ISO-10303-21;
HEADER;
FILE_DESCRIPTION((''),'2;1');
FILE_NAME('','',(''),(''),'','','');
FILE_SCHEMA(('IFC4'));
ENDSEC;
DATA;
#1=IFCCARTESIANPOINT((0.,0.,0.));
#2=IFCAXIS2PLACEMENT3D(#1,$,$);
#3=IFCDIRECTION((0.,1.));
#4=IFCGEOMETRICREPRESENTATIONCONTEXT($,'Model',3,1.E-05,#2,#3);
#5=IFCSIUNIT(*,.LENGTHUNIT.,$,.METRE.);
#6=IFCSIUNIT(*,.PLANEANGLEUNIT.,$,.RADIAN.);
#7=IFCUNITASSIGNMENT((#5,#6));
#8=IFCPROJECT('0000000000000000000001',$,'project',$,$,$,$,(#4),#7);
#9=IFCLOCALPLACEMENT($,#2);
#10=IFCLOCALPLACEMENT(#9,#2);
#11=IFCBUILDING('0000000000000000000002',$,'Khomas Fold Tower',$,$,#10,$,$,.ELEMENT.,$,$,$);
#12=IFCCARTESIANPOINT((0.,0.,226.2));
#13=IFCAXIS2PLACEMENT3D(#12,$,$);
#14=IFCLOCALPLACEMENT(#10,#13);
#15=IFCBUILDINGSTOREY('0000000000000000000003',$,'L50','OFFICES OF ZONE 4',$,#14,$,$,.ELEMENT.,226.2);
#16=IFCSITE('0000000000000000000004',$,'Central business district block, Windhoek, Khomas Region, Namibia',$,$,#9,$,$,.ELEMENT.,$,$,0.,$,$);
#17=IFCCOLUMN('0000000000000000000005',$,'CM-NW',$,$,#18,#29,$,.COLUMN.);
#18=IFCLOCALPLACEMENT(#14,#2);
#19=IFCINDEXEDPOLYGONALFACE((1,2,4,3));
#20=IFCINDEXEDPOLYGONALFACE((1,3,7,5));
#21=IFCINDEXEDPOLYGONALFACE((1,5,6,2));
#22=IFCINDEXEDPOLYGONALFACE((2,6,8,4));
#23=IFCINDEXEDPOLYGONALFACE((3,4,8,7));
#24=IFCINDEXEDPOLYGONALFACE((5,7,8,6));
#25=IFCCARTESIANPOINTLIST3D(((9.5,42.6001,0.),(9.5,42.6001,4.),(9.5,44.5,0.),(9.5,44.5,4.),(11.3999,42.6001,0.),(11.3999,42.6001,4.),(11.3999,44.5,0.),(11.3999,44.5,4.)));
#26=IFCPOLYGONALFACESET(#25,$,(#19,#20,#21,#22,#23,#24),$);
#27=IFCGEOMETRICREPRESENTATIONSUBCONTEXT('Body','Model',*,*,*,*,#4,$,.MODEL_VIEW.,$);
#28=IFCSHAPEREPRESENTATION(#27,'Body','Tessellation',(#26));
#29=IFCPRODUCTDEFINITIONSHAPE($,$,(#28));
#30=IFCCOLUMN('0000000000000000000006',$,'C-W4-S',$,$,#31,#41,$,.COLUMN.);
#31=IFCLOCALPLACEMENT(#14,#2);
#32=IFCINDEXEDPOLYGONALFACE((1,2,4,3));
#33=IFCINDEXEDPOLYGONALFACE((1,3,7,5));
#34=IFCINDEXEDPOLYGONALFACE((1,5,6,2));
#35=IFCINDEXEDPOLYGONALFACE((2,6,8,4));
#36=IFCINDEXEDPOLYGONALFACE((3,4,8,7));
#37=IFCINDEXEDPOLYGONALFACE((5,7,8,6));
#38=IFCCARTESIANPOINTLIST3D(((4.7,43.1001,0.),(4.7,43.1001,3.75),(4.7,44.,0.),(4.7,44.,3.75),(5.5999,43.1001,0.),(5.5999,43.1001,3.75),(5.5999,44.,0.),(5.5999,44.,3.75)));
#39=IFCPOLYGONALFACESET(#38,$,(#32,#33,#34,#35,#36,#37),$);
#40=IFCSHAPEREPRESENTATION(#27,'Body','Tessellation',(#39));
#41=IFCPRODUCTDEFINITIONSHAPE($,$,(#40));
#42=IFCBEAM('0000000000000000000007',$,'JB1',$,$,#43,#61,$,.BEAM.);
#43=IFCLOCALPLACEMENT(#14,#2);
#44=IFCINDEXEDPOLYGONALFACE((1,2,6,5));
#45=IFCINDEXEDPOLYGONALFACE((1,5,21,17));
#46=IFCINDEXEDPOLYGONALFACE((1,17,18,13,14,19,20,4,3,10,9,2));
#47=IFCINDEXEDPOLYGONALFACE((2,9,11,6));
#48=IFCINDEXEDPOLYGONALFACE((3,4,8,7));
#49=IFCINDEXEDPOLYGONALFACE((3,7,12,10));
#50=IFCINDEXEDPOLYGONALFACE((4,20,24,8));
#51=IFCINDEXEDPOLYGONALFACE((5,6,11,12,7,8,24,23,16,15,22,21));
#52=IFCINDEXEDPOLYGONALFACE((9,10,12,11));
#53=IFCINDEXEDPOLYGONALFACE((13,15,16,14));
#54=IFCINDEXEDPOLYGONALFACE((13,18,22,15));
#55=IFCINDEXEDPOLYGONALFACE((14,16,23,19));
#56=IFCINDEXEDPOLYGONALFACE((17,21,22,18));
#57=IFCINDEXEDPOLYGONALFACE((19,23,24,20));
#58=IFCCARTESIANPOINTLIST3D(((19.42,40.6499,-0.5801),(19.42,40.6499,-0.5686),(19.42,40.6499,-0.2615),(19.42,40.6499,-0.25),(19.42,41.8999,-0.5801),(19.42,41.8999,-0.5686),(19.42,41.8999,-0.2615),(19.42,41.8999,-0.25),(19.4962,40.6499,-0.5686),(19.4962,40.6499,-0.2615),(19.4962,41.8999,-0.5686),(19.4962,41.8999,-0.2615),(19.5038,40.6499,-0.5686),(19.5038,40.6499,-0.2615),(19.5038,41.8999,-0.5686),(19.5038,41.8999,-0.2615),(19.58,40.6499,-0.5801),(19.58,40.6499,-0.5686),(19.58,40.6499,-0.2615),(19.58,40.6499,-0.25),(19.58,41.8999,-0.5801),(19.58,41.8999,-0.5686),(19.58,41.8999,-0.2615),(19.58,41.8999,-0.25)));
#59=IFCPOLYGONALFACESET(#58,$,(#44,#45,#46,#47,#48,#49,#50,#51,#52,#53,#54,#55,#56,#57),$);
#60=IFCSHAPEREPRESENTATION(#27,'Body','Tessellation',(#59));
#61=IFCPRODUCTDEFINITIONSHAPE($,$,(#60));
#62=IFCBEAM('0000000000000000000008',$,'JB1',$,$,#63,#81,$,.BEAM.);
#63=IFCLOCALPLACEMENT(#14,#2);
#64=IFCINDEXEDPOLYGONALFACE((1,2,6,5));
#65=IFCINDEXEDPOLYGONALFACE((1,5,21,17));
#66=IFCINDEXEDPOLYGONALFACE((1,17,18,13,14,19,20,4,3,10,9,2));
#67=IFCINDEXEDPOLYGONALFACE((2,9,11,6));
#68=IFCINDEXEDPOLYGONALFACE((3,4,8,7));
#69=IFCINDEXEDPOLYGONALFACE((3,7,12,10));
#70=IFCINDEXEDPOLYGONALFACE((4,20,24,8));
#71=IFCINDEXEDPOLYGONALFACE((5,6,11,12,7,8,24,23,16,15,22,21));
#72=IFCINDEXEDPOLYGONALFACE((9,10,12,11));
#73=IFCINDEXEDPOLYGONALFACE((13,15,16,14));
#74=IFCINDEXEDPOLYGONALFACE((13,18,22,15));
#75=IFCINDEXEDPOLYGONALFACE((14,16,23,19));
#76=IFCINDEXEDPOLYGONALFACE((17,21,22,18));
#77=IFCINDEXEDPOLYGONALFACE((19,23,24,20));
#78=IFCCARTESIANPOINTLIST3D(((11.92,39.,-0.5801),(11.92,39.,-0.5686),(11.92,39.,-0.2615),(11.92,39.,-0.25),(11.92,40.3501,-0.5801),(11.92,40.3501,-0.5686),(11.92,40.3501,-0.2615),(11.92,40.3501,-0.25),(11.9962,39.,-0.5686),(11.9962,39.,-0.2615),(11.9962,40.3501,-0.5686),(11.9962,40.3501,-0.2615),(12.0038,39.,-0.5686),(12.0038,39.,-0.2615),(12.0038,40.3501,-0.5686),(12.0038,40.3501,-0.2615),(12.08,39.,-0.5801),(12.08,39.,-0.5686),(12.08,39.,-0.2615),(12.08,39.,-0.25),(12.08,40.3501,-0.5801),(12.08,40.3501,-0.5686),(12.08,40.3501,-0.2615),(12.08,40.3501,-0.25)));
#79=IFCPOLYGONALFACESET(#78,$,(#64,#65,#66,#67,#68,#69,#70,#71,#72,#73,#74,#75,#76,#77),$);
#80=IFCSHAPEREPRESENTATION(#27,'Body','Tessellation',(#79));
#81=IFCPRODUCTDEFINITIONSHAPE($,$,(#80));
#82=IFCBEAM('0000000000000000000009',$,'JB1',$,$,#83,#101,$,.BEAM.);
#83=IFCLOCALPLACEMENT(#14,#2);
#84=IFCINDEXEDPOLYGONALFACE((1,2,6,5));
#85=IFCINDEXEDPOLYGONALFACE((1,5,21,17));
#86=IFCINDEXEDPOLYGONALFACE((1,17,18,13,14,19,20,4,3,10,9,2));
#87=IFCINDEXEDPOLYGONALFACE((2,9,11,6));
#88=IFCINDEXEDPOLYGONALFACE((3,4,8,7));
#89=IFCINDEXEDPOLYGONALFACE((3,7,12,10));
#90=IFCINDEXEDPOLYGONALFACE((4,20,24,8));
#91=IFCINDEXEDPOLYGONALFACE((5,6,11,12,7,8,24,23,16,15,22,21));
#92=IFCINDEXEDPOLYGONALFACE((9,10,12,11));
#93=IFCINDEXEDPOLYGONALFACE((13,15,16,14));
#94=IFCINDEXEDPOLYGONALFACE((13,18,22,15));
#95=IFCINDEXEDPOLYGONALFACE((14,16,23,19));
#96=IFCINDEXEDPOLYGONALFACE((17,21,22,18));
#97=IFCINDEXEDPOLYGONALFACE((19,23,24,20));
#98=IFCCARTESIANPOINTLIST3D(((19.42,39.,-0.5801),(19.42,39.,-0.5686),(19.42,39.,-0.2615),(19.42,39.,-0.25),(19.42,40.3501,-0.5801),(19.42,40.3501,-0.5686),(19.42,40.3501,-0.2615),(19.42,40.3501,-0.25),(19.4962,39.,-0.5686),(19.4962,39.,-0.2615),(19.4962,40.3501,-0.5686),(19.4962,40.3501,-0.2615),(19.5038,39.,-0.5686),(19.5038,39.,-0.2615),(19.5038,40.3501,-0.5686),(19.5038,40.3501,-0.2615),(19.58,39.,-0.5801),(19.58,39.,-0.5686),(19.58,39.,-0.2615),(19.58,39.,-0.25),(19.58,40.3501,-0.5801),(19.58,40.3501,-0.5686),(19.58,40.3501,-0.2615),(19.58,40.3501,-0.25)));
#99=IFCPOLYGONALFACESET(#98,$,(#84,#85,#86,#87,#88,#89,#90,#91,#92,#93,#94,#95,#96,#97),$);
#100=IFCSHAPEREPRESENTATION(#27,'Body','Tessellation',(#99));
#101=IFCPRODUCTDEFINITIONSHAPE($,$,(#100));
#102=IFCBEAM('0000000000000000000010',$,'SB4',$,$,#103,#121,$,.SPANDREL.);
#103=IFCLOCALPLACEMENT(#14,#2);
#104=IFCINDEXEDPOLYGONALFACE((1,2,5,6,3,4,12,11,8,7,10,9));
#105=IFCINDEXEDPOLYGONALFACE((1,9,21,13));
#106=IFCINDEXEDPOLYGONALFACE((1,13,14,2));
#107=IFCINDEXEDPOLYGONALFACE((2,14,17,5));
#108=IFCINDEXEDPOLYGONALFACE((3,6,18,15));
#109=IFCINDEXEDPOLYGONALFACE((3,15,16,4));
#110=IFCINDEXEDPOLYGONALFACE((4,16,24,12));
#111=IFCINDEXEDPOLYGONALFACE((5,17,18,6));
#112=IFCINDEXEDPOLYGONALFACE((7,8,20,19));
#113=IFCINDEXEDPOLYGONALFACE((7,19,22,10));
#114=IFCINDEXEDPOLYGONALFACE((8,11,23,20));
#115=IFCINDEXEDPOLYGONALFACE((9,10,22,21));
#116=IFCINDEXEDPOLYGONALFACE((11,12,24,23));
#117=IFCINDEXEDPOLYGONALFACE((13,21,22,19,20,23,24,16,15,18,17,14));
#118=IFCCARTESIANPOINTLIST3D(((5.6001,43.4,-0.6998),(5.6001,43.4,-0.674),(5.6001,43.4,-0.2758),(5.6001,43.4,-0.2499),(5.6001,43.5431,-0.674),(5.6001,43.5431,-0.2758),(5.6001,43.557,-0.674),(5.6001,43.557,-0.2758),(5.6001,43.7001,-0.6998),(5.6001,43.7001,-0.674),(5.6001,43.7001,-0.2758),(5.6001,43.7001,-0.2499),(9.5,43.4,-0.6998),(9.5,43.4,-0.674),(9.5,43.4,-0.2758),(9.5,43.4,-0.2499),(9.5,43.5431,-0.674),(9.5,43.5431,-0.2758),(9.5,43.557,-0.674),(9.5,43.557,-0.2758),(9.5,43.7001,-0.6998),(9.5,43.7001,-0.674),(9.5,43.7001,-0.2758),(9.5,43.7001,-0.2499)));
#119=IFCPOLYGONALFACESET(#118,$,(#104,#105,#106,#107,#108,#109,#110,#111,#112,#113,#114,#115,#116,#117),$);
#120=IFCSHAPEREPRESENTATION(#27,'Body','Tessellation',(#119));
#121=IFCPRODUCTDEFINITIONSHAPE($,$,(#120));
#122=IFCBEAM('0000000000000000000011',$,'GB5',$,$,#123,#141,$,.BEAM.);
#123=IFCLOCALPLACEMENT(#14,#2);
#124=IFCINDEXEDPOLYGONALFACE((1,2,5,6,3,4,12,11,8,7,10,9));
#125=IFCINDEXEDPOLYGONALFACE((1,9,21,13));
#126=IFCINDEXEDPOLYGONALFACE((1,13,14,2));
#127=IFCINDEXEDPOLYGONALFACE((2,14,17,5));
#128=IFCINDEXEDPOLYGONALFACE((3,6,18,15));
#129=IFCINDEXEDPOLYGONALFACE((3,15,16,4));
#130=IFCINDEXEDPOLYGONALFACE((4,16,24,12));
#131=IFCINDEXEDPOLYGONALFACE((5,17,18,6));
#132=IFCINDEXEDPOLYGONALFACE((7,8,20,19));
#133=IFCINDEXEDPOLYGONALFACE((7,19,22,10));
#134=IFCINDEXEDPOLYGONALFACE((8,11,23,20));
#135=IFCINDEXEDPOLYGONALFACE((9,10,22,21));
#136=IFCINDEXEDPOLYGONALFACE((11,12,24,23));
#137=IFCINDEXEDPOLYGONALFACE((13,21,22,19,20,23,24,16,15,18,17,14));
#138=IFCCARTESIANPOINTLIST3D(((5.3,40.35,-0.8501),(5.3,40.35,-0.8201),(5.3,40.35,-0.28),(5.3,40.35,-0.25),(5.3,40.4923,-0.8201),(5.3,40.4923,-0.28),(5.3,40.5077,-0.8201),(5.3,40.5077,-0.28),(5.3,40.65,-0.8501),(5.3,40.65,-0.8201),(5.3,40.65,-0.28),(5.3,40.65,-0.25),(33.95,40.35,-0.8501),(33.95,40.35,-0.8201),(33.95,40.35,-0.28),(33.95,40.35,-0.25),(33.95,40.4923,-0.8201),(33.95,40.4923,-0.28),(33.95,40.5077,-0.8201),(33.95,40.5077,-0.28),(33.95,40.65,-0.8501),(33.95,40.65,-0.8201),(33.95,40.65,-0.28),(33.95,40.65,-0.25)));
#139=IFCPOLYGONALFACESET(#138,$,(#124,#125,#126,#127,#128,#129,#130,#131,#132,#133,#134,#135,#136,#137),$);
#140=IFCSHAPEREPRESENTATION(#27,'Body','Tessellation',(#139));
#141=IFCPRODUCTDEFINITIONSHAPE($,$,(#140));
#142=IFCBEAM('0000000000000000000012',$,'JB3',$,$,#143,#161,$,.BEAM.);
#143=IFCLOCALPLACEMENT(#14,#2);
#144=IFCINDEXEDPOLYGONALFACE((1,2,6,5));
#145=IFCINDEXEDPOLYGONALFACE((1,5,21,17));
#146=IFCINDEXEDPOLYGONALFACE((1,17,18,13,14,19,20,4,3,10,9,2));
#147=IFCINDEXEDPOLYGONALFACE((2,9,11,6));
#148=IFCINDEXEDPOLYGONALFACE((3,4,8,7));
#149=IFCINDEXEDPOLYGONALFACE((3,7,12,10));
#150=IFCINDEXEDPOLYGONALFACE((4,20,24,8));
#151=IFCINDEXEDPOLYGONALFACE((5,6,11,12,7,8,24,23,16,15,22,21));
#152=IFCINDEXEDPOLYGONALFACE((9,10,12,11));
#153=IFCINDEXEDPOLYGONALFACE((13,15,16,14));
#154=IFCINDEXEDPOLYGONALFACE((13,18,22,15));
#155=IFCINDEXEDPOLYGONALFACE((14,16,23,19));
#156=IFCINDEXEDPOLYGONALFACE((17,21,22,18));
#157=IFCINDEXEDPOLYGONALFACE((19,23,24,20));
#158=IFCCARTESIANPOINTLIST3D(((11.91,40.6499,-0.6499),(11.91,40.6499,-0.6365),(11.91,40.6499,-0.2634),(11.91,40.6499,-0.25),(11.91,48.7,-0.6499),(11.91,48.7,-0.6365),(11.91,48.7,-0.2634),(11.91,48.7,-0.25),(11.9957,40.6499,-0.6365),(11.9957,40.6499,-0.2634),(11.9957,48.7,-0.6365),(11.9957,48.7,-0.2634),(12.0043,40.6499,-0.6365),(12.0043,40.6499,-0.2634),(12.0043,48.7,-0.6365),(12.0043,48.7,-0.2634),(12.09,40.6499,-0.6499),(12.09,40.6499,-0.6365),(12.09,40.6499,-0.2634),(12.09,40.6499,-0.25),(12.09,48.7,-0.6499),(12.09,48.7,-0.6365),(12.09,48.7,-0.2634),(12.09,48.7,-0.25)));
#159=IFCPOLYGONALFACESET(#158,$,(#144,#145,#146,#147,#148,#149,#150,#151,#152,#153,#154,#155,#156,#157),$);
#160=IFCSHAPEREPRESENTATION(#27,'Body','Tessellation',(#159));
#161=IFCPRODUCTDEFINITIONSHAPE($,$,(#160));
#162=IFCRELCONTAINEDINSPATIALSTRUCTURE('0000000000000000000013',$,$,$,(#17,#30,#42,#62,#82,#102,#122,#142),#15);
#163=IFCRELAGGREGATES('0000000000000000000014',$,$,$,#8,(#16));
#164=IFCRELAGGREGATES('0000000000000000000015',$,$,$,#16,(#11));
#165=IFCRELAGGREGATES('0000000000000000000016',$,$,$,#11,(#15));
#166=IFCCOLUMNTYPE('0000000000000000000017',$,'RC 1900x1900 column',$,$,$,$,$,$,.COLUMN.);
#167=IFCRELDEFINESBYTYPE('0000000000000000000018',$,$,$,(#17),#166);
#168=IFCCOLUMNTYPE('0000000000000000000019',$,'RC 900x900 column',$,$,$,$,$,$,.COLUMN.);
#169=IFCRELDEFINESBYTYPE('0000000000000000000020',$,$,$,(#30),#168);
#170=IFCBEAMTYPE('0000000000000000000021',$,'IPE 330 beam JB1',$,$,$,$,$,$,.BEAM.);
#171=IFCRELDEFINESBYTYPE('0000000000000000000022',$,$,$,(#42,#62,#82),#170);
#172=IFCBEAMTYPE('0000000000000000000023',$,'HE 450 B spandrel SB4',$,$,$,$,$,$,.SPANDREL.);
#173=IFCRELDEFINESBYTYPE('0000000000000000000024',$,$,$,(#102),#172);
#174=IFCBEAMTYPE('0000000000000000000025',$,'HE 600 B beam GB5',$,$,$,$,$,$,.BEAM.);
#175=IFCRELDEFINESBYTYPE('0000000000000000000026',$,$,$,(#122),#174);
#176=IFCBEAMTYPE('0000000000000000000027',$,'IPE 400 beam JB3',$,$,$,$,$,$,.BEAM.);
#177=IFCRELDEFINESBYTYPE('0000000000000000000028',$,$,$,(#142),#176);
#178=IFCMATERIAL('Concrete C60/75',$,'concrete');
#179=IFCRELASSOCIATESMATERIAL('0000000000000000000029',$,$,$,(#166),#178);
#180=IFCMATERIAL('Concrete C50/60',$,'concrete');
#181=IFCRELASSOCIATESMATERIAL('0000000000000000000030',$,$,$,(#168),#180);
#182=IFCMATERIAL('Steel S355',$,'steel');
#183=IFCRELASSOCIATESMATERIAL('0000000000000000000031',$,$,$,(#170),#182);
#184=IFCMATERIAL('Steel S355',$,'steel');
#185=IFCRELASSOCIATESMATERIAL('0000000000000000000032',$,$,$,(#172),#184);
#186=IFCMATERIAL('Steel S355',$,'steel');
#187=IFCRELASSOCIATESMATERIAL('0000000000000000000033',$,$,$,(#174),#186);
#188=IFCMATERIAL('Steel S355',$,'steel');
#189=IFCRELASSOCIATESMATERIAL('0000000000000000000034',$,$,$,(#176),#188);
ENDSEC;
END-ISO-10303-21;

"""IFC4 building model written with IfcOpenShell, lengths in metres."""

from ifc_helpers import new_model, si_unit, direction, frame, origin, origin_2d, place, context, subcontext, project, spatial, rectangle, i_section, extrude, source, transform, mapped, material, material_profile, profile_set, type_object, element, save


model = new_model("IFC4")

# Units and contexts
model_context = context("Model", 3, precision=1e-05, world=origin(), true_north=direction((0.0, 1.0)))
body_context = subcontext(model_context, "Body", "Model", "MODEL_VIEW")
ifc_project = project(units=[si_unit("LENGTHUNIT", "METRE"), si_unit("PLANEANGLEUNIT", "RADIAN")], contexts=[model_context])

# Site, building, storey
site_placement = place(None, origin())
site = spatial("IfcSite", under=ifc_project, at=site_placement, Name="Central business district block, Windhoek, Khomas Region, Namibia", CompositionType="ELEMENT", RefElevation=0.0)
building_placement = place(site_placement, origin())
building = spatial("IfcBuilding", under=site, at=building_placement, Name="Khomas Fold Tower", CompositionType="ELEMENT")
storey_placement = place(building_placement, frame((0.0, 0.0, 226.2)))
storey = spatial("IfcBuildingStorey", under=building, at=storey_placement, Name="L50", Description="OFFICES OF ZONE 4", CompositionType="ELEMENT", Elevation=226.2)

# Columns
ifc_material_1 = material(Name="Concrete C60/75", Category="concrete")
ifc_material_profile_1 = material_profile(ifc_material_1, rectangle(XDim=1.8999, YDim=1.8999, at=origin_2d()), Name="RC 1900x1900")
ifc_profile_set_1 = profile_set([ifc_material_profile_1], Name="Concrete C60/75")
column_type_1 = type_object("IfcColumnType", Name="RC 1900x1900 column", PredefinedType="COLUMN", material=ifc_profile_set_1)
shared_shape_1 = source(origin(), body_context, "Body", "SweptSolid", [
    extrude(rectangle(XDim=1.8999, YDim=1.8999, at=origin_2d()), origin(), (0.0, 0.0, 1.0), 4.0),
])
column_1_placement = place(storey_placement, frame((10.45, 43.55, 0.0), z_axis=(0.0, 0.0, 1.0), x_axis=(1.0, 0.0, 0.0)))
element("IfcColumn", 1, at=column_1_placement, inside=storey, type_object=column_type_1, Name="CM-NW", PredefinedType="COLUMN", context=body_context, shape_type="MappedRepresentation", body=[
    mapped(shared_shape_1, transform((0.0, 0.0, 0.0))),
])
ifc_material_2 = material(Name="Concrete C50/60", Category="concrete")
ifc_material_profile_2 = material_profile(ifc_material_2, rectangle(XDim=0.8999, YDim=0.8999, at=origin_2d()), Name="RC 900x900")
ifc_profile_set_2 = profile_set([ifc_material_profile_2], Name="Concrete C50/60")
column_type_2 = type_object("IfcColumnType", Name="RC 900x900 column", PredefinedType="COLUMN", material=ifc_profile_set_2)
shared_shape_2 = source(origin(), body_context, "Body", "SweptSolid", [
    extrude(rectangle(XDim=0.8999, YDim=0.8999, at=origin_2d()), origin(), (0.0, 0.0, 1.0), 3.75),
])
column_2_placement = place(storey_placement, frame((5.1499, 43.55, 0.0), z_axis=(0.0, 0.0, 1.0), x_axis=(1.0, 0.0, 0.0)))
element("IfcColumn", 2, at=column_2_placement, inside=storey, type_object=column_type_2, Name="C-W4-S", PredefinedType="COLUMN", context=body_context, shape_type="MappedRepresentation", body=[
    mapped(shared_shape_2, transform((0.0, 0.0, 0.0))),
])

# Beams
ifc_material_3 = material(Name="Steel S355", Category="steel")
ifc_material_profile_3 = material_profile(ifc_material_3, i_section(OverallWidth=0.1599, OverallDepth=0.3301, WebThickness=0.0076, FlangeThickness=0.0115, at=origin_2d()), Name="IPE 330")
ifc_profile_set_3 = profile_set([ifc_material_profile_3], Name="Steel S355")
beam_type_1 = type_object("IfcBeamType", Name="IPE 330 beam JB1", PredefinedType="BEAM", material=ifc_profile_set_3)
shared_shape_3 = source(origin(), body_context, "Body", "SweptSolid", [
    extrude(i_section(OverallWidth=0.1599, OverallDepth=0.3301, WebThickness=0.0076, FlangeThickness=0.0115, at=origin_2d()), origin(), (0.0, 0.0, 1.0), 1.25),
])
beam_1_placement = place(storey_placement, frame((19.5, 40.6499, -0.415), z_axis=(0.0, 1.0, 0.0), x_axis=(-1.0, 0.0, 0.0)))
element("IfcBeam", 3, at=beam_1_placement, inside=storey, type_object=beam_type_1, Name="JB1", PredefinedType="BEAM", context=body_context, shape_type="MappedRepresentation", body=[
    mapped(shared_shape_3, transform((0.0, 0.0, 0.0))),
])
shared_shape_4 = source(origin(), body_context, "Body", "SweptSolid", [
    extrude(i_section(OverallWidth=0.1599, OverallDepth=0.3301, WebThickness=0.0076, FlangeThickness=0.0115, at=origin_2d()), origin(), (0.0, 0.0, 1.0), 1.3501),
])
for number, where, z_axis, x_axis, name in (
    (4, (12.0, 39.0, -0.415), (0.0, 1.0, 0.0), (-1.0, 0.0, 0.0), "JB1"),
    (5, (19.5, 39.0, -0.415), (0.0, 1.0, 0.0), (-1.0, 0.0, 0.0), "JB1"),
):
    element("IfcBeam", number, at=place(storey_placement, frame(where, z_axis=z_axis, x_axis=x_axis)), inside=storey, type_object=beam_type_1, Name=name, PredefinedType="BEAM", context=body_context, shape_type="MappedRepresentation", body=[
        mapped(shared_shape_4, transform((0.0, 0.0, 0.0))),
    ])
ifc_material_4 = material(Name="Steel S355", Category="steel")
ifc_material_profile_4 = material_profile(ifc_material_4, i_section(OverallWidth=0.3, OverallDepth=0.45, WebThickness=0.0139, FlangeThickness=0.0259, at=origin_2d()), Name="HE 450 B")
ifc_profile_set_4 = profile_set([ifc_material_profile_4], Name="Steel S355")
beam_type_2 = type_object("IfcBeamType", Name="HE 450 B spandrel SB4", PredefinedType="SPANDREL", material=ifc_profile_set_4)
shared_shape_5 = source(origin(), body_context, "Body", "SweptSolid", [
    extrude(i_section(OverallWidth=0.3, OverallDepth=0.45, WebThickness=0.0139, FlangeThickness=0.0259, at=origin_2d()), origin(), (0.0, 0.0, 1.0), 3.8999),
])
beam_2_placement = place(storey_placement, frame((5.6001, 43.55, -0.4749), z_axis=(1.0, 0.0, 0.0), x_axis=(0.0, 1.0, 0.0)))
element("IfcBeam", 6, at=beam_2_placement, inside=storey, type_object=beam_type_2, Name="SB4", PredefinedType="SPANDREL", context=body_context, shape_type="MappedRepresentation", body=[
    mapped(shared_shape_5, transform((0.0, 0.0, 0.0))),
])
ifc_material_5 = material(Name="Steel S355", Category="steel")
ifc_material_profile_5 = material_profile(ifc_material_5, i_section(OverallWidth=0.3, OverallDepth=0.6001, WebThickness=0.0154, FlangeThickness=0.03, at=origin_2d()), Name="HE 600 B")
ifc_profile_set_5 = profile_set([ifc_material_profile_5], Name="Steel S355")
beam_type_3 = type_object("IfcBeamType", Name="HE 600 B beam GB5", PredefinedType="BEAM", material=ifc_profile_set_5)
shared_shape_6 = source(origin(), body_context, "Body", "SweptSolid", [
    extrude(i_section(OverallWidth=0.3, OverallDepth=0.6001, WebThickness=0.0154, FlangeThickness=0.03, at=origin_2d()), origin(), (0.0, 0.0, 1.0), 28.6499),
])
beam_3_placement = place(storey_placement, frame((5.3, 40.5, -0.55), z_axis=(1.0, 0.0, 0.0), x_axis=(0.0, 1.0, 0.0)))
element("IfcBeam", 7, at=beam_3_placement, inside=storey, type_object=beam_type_3, Name="GB5", PredefinedType="BEAM", context=body_context, shape_type="MappedRepresentation", body=[
    mapped(shared_shape_6, transform((0.0, 0.0, 0.0))),
])
ifc_material_6 = material(Name="Steel S355", Category="steel")
ifc_material_profile_6 = material_profile(ifc_material_6, i_section(OverallWidth=0.1799, OverallDepth=0.3999, WebThickness=0.0085, FlangeThickness=0.0134, at=origin_2d()), Name="IPE 400")
ifc_profile_set_6 = profile_set([ifc_material_profile_6], Name="Steel S355")
beam_type_4 = type_object("IfcBeamType", Name="IPE 400 beam JB3", PredefinedType="BEAM", material=ifc_profile_set_6)
shared_shape_7 = source(origin(), body_context, "Body", "SweptSolid", [
    extrude(i_section(OverallWidth=0.1799, OverallDepth=0.3999, WebThickness=0.0085, FlangeThickness=0.0134, at=origin_2d()), origin(), (0.0, 0.0, 1.0), 8.05),
])
beam_4_placement = place(storey_placement, frame((12.0, 40.6499, -0.45), z_axis=(0.0, 1.0, 0.0), x_axis=(-1.0, 0.0, 0.0)))
element("IfcBeam", 8, at=beam_4_placement, inside=storey, type_object=beam_type_4, Name="JB3", PredefinedType="BEAM", context=body_context, shape_type="MappedRepresentation", body=[
    mapped(shared_shape_7, transform((0.0, 0.0, 0.0))),
])

save(model, "model.ifc")
